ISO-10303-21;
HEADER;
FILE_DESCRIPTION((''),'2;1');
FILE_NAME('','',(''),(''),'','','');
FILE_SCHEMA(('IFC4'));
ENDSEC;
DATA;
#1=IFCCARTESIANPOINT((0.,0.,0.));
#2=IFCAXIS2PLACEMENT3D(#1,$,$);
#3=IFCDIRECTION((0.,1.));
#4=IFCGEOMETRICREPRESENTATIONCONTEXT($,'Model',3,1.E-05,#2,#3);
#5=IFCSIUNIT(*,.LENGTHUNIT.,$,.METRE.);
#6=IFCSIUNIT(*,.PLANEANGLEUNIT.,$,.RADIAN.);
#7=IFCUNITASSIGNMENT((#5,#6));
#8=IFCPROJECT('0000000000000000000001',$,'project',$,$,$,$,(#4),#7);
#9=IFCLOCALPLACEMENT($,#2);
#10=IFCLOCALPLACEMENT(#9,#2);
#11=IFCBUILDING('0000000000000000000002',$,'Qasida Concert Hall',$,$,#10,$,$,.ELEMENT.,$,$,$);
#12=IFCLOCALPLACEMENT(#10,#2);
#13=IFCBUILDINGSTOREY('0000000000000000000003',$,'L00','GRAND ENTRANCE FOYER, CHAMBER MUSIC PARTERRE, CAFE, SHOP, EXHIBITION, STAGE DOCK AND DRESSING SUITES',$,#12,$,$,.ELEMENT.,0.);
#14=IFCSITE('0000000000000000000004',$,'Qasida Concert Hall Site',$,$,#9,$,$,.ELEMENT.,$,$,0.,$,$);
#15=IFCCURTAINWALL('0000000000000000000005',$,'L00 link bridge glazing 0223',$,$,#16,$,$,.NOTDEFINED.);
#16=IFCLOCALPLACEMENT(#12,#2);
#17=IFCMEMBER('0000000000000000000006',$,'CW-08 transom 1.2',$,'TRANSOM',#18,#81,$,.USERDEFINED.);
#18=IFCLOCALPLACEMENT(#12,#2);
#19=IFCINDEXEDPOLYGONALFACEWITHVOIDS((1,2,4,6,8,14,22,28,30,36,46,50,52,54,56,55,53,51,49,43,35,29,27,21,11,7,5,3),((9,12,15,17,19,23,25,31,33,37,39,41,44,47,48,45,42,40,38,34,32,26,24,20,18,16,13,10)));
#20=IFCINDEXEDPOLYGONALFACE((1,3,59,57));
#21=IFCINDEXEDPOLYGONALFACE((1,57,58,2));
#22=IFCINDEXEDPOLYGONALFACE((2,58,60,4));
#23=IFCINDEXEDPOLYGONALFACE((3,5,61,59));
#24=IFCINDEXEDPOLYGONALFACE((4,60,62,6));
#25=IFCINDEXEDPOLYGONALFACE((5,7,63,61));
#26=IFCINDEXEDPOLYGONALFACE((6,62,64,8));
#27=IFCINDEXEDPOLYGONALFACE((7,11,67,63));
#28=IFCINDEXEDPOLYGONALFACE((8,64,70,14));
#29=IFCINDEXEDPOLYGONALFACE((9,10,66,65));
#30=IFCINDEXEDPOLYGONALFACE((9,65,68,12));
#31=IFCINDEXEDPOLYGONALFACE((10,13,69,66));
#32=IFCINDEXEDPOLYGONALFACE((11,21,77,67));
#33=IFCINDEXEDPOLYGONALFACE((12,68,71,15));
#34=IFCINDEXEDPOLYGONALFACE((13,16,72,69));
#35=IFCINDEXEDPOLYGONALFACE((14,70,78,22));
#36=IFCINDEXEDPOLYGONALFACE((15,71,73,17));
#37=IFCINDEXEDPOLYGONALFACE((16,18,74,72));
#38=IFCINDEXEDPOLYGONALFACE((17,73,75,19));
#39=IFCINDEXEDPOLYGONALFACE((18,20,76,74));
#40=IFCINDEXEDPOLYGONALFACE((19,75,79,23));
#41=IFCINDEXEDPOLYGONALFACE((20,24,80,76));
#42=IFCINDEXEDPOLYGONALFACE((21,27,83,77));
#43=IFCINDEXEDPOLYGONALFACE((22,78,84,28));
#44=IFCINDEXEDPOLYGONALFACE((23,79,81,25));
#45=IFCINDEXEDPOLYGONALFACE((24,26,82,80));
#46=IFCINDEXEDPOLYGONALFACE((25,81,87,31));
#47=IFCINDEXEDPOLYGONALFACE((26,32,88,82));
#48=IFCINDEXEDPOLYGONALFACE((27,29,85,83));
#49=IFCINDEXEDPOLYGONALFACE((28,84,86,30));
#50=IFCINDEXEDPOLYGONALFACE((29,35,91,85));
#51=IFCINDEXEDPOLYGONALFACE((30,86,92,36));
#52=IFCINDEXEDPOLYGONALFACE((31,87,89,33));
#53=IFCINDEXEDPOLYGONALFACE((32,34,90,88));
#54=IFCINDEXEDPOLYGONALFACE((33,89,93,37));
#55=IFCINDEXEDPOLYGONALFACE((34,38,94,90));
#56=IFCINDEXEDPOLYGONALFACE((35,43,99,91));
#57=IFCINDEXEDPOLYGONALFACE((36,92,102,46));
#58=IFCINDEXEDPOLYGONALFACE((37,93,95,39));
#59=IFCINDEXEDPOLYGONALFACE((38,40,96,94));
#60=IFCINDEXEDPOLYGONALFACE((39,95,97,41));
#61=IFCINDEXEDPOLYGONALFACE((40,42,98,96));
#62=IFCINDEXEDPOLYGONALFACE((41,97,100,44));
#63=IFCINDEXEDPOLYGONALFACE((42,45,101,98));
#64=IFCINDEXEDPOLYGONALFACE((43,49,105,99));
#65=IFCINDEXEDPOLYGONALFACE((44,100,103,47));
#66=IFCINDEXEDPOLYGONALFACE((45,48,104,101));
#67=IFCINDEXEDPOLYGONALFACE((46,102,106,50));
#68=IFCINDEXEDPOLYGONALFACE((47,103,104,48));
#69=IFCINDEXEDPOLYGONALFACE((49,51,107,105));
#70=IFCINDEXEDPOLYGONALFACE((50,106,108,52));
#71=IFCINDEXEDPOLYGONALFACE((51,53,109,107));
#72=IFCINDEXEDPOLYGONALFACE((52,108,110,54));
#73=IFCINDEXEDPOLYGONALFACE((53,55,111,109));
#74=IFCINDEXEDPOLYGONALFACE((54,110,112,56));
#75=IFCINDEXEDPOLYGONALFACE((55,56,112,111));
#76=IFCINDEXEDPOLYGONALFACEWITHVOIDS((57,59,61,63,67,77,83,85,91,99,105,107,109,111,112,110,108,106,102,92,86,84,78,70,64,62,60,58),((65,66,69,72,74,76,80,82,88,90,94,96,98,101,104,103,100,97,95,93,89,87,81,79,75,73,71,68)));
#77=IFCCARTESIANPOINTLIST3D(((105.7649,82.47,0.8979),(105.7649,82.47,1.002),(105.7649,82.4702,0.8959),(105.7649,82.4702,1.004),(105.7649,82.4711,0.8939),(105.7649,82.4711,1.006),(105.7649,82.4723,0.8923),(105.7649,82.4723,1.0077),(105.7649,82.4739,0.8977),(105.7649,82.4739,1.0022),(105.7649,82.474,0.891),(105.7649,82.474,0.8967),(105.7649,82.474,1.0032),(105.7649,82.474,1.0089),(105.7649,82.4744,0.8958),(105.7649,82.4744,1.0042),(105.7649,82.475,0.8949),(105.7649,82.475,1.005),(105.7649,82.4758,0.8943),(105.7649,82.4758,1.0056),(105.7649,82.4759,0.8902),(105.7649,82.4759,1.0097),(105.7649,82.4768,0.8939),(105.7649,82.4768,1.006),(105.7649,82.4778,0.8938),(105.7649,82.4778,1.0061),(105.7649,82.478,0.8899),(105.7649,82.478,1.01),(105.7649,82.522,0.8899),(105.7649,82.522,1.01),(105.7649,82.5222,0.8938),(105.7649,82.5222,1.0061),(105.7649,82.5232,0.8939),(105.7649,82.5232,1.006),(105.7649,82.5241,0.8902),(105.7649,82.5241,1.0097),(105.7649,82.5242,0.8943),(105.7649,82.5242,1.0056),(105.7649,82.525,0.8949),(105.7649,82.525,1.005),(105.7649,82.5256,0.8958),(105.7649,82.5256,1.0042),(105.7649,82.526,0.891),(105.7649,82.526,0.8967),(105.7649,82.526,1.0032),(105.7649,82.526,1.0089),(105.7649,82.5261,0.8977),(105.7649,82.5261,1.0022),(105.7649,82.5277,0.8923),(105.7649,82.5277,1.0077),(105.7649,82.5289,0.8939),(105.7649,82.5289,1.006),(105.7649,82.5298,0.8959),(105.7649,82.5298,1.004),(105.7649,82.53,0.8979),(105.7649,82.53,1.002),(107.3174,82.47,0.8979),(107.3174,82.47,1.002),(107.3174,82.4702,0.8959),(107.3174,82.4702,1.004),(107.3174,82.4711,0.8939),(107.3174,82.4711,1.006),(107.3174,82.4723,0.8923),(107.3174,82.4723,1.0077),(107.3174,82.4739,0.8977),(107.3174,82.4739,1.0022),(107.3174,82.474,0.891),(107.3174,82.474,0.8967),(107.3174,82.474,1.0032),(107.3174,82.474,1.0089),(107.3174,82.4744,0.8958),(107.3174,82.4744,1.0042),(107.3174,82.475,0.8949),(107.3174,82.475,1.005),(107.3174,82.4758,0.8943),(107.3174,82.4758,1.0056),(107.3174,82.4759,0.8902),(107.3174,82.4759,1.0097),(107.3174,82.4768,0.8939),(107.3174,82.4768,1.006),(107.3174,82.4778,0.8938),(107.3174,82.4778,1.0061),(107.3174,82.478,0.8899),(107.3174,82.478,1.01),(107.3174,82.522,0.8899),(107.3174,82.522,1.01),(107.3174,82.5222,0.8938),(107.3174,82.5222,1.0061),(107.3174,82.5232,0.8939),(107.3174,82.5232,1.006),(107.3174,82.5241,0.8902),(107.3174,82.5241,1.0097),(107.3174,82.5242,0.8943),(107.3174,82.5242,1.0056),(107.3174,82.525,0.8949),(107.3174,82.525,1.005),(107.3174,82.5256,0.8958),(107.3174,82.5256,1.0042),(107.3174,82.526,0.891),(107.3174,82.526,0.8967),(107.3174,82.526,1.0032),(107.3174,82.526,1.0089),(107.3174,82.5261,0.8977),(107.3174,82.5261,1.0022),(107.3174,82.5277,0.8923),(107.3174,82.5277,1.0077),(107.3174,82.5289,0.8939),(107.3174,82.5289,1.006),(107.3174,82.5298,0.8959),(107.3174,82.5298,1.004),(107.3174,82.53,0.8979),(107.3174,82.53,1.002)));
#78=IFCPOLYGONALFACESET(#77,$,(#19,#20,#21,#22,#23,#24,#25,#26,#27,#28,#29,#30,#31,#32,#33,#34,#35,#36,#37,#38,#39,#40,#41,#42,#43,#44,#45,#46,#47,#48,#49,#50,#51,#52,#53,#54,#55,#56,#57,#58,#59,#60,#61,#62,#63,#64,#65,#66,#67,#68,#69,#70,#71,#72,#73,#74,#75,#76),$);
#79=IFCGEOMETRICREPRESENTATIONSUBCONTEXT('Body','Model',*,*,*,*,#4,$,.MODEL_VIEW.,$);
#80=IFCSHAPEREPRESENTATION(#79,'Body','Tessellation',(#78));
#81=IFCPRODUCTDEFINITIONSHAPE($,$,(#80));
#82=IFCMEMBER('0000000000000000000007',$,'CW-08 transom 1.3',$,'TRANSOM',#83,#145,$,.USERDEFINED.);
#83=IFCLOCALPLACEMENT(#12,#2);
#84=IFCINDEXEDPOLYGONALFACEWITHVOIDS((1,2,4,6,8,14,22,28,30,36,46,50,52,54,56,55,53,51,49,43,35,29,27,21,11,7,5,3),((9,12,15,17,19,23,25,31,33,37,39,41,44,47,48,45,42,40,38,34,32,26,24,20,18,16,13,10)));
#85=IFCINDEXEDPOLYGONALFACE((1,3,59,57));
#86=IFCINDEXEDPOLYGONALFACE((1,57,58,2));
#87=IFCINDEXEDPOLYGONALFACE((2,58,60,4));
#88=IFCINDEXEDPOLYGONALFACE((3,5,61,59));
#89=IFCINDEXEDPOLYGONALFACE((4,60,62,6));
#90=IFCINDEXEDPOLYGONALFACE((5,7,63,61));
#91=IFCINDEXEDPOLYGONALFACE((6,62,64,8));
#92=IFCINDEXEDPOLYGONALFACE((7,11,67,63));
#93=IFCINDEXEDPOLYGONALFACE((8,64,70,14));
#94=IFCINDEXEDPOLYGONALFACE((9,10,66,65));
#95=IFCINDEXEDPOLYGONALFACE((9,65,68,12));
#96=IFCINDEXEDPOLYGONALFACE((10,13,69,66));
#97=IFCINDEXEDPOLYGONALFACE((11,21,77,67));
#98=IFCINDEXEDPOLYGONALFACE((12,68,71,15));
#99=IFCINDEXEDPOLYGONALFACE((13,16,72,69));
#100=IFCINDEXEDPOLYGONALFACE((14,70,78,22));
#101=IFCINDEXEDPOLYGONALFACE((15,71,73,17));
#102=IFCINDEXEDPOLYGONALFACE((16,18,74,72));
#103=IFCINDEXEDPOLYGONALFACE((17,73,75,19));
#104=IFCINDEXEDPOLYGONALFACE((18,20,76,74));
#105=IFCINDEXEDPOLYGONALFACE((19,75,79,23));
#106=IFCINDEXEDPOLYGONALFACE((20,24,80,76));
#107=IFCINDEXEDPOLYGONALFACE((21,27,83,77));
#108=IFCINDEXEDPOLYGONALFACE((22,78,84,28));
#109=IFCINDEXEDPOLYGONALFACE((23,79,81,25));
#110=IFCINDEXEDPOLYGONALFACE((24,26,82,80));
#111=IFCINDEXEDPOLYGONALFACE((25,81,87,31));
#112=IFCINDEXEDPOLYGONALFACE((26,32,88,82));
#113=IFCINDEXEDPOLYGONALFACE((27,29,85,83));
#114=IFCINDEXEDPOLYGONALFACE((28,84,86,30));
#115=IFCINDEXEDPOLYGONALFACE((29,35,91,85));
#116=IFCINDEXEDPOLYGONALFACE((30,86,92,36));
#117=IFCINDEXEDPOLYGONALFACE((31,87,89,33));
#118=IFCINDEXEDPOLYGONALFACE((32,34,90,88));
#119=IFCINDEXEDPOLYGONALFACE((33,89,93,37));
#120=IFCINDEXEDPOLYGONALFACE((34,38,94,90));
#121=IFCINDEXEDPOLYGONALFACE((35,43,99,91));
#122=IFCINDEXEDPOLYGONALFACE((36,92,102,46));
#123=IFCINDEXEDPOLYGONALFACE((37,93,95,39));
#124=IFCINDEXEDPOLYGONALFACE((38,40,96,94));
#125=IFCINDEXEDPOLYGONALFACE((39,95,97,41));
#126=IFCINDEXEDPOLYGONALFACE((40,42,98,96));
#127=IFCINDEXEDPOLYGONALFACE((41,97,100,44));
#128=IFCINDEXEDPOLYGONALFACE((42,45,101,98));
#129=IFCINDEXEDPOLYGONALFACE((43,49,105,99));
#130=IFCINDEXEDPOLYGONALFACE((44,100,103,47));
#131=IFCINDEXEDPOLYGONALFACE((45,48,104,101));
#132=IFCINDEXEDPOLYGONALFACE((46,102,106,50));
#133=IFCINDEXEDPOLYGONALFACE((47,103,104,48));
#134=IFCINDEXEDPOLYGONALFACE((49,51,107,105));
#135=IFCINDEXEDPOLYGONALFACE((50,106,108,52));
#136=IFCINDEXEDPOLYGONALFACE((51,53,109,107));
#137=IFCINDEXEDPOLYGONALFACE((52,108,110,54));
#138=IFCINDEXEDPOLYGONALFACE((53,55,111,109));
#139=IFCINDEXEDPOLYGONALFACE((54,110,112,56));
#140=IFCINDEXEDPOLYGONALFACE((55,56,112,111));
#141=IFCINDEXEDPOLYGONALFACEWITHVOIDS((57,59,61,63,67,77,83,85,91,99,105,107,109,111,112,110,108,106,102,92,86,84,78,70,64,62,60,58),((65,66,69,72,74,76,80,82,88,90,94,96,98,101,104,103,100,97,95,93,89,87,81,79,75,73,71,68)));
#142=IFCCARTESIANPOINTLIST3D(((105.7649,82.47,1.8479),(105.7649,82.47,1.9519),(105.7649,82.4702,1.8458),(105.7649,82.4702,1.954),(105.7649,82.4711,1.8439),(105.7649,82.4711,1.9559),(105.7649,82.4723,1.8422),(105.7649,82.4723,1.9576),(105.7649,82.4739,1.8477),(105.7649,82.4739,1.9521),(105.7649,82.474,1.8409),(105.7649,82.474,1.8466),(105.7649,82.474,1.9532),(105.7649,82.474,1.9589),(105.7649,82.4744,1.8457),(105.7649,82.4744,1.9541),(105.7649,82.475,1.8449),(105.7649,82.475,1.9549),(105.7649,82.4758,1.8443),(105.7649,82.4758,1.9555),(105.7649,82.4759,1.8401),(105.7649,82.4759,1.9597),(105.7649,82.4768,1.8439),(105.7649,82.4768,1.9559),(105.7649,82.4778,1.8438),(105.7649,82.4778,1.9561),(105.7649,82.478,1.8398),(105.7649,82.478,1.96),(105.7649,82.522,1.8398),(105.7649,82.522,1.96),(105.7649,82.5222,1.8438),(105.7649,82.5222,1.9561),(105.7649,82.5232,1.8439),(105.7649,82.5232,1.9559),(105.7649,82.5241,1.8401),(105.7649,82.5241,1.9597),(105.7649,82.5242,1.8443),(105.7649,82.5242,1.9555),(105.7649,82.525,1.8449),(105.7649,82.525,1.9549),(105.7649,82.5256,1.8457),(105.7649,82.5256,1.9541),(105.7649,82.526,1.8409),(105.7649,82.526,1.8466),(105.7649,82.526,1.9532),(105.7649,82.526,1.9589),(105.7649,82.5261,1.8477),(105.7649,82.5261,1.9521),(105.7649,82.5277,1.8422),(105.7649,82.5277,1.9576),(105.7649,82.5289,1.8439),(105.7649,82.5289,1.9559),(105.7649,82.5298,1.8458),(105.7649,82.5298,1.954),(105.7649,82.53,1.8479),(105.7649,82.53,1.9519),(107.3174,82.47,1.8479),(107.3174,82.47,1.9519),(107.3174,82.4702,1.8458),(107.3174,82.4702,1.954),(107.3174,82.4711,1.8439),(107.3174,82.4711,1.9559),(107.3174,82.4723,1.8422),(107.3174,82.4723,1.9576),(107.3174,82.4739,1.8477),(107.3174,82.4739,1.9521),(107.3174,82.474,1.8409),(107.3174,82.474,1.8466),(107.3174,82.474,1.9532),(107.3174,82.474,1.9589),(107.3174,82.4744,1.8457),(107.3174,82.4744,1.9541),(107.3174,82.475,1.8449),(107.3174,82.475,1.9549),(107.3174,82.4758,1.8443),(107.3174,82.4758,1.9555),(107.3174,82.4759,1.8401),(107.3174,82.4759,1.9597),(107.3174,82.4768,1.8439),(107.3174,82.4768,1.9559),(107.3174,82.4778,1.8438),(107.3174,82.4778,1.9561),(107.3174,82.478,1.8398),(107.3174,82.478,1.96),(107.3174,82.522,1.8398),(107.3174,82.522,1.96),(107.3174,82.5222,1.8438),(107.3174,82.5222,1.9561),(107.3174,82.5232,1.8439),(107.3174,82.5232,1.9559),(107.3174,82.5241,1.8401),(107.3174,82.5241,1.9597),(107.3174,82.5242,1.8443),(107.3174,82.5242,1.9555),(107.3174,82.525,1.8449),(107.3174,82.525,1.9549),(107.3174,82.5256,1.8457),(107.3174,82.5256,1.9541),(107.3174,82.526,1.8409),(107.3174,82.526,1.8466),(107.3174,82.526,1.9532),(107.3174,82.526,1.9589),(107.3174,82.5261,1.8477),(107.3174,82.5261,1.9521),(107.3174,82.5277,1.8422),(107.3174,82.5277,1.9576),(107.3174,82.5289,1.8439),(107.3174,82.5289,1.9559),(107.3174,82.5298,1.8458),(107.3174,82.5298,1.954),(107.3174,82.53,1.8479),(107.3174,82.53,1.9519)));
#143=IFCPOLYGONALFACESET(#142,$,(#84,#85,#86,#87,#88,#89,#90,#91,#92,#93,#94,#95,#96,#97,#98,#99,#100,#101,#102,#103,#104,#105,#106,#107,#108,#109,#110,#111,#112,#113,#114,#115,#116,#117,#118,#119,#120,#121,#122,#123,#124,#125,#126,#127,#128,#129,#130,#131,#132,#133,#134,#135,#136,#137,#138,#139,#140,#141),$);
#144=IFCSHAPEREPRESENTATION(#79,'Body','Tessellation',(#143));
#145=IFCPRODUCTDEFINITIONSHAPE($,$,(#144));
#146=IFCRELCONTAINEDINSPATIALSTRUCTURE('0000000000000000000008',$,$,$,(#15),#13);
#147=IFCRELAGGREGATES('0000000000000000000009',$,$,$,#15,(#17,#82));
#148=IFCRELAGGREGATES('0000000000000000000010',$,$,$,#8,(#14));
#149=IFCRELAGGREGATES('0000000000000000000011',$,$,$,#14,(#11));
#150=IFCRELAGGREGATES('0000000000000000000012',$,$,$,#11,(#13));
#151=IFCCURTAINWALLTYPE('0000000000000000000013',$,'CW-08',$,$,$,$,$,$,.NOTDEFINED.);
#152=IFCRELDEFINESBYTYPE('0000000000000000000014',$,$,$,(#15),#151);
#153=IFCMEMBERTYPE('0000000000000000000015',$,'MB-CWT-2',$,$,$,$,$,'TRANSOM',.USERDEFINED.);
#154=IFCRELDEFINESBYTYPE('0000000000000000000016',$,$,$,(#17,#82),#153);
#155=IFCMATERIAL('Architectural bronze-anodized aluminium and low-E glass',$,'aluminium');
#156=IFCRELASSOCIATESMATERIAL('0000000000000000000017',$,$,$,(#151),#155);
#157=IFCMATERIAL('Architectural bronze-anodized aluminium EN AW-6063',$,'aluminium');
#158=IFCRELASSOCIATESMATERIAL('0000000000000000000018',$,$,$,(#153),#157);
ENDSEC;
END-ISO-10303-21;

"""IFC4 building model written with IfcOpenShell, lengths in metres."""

from ifc_helpers import new_model, si_unit, direction, frame, origin, origin_2d, place, context, subcontext, project, spatial, hollow_rectangle, extrude, material, material_profile, profile_set, type_object, element, aggregate, save


model = new_model("IFC4")

# Units and contexts
model_context = context("Model", 3, precision=1e-05, world=origin(), true_north=direction((0.0, 1.0)))
body_context = subcontext(model_context, "Body", "Model", "MODEL_VIEW")
ifc_project = project(units=[si_unit("LENGTHUNIT", "METRE"), si_unit("PLANEANGLEUNIT", "RADIAN")], contexts=[model_context])

# Site, building, storey
site_placement = place(None, origin())
site = spatial("IfcSite", under=ifc_project, at=site_placement, Name="Qasida Concert Hall Site", CompositionType="ELEMENT", RefElevation=0.0)
building_placement = place(site_placement, origin())
building = spatial("IfcBuilding", under=site, at=building_placement, Name="Qasida Concert Hall", CompositionType="ELEMENT")
storey_placement = place(building_placement, origin())
storey = spatial("IfcBuildingStorey", under=building, at=storey_placement, Name="L00", Description="GRAND ENTRANCE FOYER, CHAMBER MUSIC PARTERRE, CAFE, SHOP, EXHIBITION, STAGE DOCK AND DRESSING SUITES", CompositionType="ELEMENT", Elevation=0.0)

# Curtain wall, members
ifc_material_1 = material(Name="Architectural bronze-anodized aluminium and low-E glass", Category="aluminium")
curtain_wall_type = type_object("IfcCurtainWallType", Name="CW-08", PredefinedType="NOTDEFINED", material=ifc_material_1)
curtain_wall_placement = place(storey_placement, origin())
curtain_wall = element("IfcCurtainWall", 1, at=curtain_wall_placement, inside=storey, type_object=curtain_wall_type, Name="L00 link bridge glazing 0223", PredefinedType="NOTDEFINED")
ifc_material_2 = material(Name="Architectural bronze-anodized aluminium EN AW-6063", Category="aluminium")
ifc_material_profile_1 = material_profile(ifc_material_2, hollow_rectangle(XDim=0.0601, YDim=0.1201, WallThickness=0.0039, InnerFilletRadius=0.0039, OuterFilletRadius=0.0081, at=origin_2d()), Name="CWT 120x60x4")
ifc_profile_set_1 = profile_set([ifc_material_profile_1], Name="Architectural bronze-anodized aluminium EN AW-6063")
member_type_1 = type_object("IfcMemberType", Name="MB-CWT-2", ElementType="TRANSOM", PredefinedType="USERDEFINED", material=ifc_profile_set_1)
member_1_placement = place(storey_placement, frame((105.7649, 82.5, 0.95), z_axis=(1.0, 0.0, 0.0), x_axis=(0.0, 1.0, 0.0)))
member_1 = element("IfcMember", 2, at=member_1_placement, type_object=member_type_1, Name="CW-08 transom 1.2", ObjectType="TRANSOM", PredefinedType="USERDEFINED", context=body_context, shape_type="SweptSolid", body=[
    extrude(hollow_rectangle(XDim=0.0601, YDim=0.1201, WallThickness=0.0039, InnerFilletRadius=0.0039, OuterFilletRadius=0.0081, at=origin_2d()), origin(), (0.0, 0.0, 1.0), 1.5525),
])
member_2_placement = place(storey_placement, frame((105.7649, 82.5, 1.8999), z_axis=(1.0, 0.0, 0.0), x_axis=(0.0, 1.0, 0.0)))
member_2 = element("IfcMember", 3, at=member_2_placement, type_object=member_type_1, Name="CW-08 transom 1.3", ObjectType="TRANSOM", PredefinedType="USERDEFINED", context=body_context, shape_type="SweptSolid", body=[
    extrude(hollow_rectangle(XDim=0.0601, YDim=0.1201, WallThickness=0.0039, InnerFilletRadius=0.0039, OuterFilletRadius=0.0081, at=origin_2d()), origin(), (0.0, 0.0, 1.0), 1.5525),
])
aggregate(curtain_wall, [member_1, member_2])

save(model, "model.ifc")
